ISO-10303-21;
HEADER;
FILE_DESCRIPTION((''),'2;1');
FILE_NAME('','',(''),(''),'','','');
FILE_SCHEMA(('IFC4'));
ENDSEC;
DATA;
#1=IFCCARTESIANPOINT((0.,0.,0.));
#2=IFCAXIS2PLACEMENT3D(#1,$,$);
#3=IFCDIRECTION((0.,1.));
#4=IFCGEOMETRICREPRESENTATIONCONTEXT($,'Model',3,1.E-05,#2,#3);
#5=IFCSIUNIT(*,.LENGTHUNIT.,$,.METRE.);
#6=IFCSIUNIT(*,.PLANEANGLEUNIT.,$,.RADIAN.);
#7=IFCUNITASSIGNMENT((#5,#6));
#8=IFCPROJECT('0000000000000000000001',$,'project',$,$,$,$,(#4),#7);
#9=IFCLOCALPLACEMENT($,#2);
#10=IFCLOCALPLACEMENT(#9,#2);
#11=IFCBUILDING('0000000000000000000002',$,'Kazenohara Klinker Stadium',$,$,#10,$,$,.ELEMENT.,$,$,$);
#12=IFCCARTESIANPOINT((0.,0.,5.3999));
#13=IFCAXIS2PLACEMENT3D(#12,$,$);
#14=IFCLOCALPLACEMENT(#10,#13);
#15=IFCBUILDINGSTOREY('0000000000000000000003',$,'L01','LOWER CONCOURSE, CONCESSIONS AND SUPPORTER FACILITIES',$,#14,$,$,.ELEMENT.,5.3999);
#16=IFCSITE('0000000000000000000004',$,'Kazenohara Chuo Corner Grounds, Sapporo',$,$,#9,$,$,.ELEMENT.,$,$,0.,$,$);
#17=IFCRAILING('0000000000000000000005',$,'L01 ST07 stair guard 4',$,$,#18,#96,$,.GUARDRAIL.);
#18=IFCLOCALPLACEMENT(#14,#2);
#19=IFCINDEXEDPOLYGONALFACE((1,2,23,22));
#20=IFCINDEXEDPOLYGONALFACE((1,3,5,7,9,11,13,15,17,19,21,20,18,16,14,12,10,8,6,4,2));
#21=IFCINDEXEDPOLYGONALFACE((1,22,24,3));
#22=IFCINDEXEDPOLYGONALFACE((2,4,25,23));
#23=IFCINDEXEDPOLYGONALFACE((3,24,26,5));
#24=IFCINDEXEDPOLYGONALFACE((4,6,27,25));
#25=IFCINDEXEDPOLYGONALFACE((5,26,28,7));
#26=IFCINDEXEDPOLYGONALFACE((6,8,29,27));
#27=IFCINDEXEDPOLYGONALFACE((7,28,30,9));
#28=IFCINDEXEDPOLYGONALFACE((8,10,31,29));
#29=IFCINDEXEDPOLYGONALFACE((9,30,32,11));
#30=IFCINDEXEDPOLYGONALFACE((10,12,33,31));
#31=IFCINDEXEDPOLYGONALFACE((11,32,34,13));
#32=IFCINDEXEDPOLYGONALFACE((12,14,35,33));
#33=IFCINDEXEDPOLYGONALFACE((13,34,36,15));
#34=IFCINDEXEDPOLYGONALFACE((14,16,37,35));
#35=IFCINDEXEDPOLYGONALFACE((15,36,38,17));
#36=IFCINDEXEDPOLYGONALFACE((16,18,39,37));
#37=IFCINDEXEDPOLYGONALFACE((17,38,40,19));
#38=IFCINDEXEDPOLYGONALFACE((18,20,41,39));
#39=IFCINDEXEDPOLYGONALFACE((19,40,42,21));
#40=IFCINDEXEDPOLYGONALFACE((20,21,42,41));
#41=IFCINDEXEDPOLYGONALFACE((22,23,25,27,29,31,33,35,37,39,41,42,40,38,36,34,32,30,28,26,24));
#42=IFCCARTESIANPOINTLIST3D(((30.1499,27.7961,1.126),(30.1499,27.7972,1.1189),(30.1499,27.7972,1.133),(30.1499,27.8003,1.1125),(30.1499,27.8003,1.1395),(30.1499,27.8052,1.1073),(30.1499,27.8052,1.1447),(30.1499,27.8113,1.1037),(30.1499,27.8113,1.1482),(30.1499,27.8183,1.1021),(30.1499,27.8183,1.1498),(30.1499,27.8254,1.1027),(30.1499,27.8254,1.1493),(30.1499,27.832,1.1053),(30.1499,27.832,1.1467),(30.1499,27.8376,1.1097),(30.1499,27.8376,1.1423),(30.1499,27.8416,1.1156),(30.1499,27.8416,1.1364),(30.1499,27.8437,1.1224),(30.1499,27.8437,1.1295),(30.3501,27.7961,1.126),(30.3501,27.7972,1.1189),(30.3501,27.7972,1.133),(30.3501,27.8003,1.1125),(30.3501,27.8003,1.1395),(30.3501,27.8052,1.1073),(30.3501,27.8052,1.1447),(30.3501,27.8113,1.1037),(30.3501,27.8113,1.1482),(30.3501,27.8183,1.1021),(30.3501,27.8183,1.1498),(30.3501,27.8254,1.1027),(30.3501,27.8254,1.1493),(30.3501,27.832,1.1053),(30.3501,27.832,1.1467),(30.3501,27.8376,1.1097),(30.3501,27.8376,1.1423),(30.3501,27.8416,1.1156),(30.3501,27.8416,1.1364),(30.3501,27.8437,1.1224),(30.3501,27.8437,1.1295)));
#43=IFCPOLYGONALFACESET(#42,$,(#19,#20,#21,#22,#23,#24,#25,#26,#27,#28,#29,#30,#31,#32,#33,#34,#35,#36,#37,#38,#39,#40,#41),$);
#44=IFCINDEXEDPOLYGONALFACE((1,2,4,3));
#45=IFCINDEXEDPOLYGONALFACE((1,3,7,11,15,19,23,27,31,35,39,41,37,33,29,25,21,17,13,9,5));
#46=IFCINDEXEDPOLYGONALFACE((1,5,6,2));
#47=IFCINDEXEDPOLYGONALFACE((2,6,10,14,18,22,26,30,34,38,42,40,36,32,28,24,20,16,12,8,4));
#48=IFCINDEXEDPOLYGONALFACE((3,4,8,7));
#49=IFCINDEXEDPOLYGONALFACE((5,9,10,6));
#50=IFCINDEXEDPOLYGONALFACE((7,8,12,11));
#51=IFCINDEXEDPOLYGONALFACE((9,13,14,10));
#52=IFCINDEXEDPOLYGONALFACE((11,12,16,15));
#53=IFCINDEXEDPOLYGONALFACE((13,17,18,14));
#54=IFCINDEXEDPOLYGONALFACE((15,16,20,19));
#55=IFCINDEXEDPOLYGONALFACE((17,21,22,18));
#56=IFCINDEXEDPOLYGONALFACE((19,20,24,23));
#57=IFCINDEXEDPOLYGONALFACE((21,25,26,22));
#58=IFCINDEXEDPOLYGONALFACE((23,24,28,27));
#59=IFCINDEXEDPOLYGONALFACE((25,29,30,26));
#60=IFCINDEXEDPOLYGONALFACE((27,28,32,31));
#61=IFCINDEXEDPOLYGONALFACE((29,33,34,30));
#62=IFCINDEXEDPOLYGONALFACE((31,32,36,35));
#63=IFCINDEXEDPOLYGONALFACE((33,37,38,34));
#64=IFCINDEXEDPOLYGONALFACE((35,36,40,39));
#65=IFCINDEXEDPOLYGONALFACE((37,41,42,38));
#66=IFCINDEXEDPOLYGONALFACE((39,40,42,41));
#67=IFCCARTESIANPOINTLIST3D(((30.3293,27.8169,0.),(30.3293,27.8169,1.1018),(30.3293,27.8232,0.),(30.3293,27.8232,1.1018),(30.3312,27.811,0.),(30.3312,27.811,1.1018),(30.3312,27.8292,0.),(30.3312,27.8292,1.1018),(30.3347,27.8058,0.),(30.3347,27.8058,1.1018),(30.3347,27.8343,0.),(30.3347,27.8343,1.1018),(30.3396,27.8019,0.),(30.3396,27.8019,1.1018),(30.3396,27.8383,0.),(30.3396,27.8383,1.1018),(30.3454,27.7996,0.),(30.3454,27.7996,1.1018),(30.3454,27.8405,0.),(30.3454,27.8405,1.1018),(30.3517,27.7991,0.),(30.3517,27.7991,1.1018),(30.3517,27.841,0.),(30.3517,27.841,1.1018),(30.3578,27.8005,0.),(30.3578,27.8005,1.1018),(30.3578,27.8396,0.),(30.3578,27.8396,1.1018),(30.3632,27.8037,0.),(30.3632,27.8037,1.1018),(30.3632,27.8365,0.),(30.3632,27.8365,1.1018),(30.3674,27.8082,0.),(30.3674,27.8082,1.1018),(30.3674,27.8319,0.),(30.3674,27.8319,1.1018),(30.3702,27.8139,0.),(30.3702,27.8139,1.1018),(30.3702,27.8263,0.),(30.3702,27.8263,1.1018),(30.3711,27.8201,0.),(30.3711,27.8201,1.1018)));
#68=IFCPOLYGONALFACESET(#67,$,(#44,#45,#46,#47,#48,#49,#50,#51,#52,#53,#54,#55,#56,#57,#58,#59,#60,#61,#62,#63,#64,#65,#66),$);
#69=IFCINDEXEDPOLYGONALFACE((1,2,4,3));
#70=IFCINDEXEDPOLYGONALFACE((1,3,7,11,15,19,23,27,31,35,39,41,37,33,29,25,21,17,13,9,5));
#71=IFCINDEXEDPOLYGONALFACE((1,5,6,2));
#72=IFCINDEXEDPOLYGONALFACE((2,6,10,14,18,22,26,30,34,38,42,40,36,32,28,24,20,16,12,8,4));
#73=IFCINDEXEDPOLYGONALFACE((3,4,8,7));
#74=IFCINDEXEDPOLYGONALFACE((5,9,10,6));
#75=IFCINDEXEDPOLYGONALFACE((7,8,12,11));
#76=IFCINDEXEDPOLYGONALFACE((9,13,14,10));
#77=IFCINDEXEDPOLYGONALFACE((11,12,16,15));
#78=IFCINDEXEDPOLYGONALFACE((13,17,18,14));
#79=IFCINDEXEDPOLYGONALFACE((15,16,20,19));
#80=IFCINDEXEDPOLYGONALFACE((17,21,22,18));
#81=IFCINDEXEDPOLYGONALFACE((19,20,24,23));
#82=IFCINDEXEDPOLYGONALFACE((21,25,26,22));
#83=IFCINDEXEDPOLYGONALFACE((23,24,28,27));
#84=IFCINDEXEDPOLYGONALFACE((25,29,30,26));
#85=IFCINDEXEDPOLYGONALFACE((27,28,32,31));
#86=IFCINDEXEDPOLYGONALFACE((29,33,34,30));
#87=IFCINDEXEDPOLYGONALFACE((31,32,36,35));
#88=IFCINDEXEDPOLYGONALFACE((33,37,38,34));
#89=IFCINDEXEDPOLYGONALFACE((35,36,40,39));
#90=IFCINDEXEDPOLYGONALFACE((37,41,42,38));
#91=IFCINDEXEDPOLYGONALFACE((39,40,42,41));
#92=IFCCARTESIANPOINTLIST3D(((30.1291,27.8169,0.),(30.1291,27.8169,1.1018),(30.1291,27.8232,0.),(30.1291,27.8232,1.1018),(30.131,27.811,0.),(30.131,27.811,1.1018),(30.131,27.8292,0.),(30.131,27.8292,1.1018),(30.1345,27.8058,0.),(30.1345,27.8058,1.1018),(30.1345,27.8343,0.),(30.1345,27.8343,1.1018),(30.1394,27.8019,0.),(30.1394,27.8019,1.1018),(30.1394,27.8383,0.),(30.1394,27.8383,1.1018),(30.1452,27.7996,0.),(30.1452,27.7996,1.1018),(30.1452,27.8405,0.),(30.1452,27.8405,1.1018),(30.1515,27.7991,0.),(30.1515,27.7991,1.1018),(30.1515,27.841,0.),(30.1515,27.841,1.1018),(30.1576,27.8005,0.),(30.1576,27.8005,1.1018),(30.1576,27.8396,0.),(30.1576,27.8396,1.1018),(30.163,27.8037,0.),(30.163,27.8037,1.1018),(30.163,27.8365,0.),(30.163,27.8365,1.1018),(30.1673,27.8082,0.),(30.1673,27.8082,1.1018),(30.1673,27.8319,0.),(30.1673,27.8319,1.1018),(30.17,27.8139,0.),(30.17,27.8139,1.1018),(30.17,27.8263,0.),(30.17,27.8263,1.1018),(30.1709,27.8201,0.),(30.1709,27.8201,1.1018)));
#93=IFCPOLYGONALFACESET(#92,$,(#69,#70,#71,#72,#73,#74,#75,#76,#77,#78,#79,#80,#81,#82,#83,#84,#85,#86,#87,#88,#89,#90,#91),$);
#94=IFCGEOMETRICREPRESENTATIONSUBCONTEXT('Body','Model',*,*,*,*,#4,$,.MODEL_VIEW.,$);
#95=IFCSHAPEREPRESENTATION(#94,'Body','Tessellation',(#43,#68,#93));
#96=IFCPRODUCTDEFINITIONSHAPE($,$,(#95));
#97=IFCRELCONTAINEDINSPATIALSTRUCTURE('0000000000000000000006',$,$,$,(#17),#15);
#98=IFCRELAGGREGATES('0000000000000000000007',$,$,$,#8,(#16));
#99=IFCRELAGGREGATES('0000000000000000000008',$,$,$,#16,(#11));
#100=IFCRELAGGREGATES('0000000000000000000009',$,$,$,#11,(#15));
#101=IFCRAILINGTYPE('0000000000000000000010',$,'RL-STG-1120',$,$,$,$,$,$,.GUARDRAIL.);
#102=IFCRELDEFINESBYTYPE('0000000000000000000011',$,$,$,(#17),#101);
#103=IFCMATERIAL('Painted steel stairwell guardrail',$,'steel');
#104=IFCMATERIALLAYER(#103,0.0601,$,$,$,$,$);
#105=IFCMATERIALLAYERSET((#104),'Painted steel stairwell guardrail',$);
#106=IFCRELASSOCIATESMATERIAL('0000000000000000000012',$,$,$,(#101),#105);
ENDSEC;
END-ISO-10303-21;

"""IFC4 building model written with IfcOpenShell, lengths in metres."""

from ifc_helpers import new_model, si_unit, direction, frame, origin, origin_2d, place, context, subcontext, project, spatial, circle, extrude, material, layer, layer_set, type_object, element, save


model = new_model("IFC4")

# Units and contexts
model_context = context("Model", 3, precision=1e-05, world=origin(), true_north=direction((0.0, 1.0)))
body_context = subcontext(model_context, "Body", "Model", "MODEL_VIEW")
ifc_project = project(units=[si_unit("LENGTHUNIT", "METRE"), si_unit("PLANEANGLEUNIT", "RADIAN")], contexts=[model_context])

# Site, building, storey
site_placement = place(None, origin())
site = spatial("IfcSite", under=ifc_project, at=site_placement, Name="Kazenohara Chuo Corner Grounds, Sapporo", CompositionType="ELEMENT", RefElevation=0.0)
building_placement = place(site_placement, origin())
building = spatial("IfcBuilding", under=site, at=building_placement, Name="Kazenohara Klinker Stadium", CompositionType="ELEMENT")
storey_placement = place(building_placement, frame((0.0, 0.0, 5.3999)))
storey = spatial("IfcBuildingStorey", under=building, at=storey_placement, Name="L01", Description="LOWER CONCOURSE, CONCESSIONS AND SUPPORTER FACILITIES", CompositionType="ELEMENT", Elevation=5.3999)

# Railing
ifc_material_1 = material(Name="Painted steel stairwell guardrail", Category="steel")
ifc_layer_1 = layer(ifc_material_1, 0.0601)
ifc_layer_set_1 = layer_set([ifc_layer_1], Name="Painted steel stairwell guardrail")
railing_type = type_object("IfcRailingType", Name="RL-STG-1120", PredefinedType="GUARDRAIL", material=ifc_layer_set_1)
railing_1_placement = place(storey_placement, frame((30.3501, 27.8201, 0.0)))
element("IfcRailing", 1, at=railing_1_placement, inside=storey, type_object=railing_type, Name="L01 ST07 stair guard 4", PredefinedType="GUARDRAIL", context=body_context, shape_type="SweptSolid", body=[
    extrude(circle(Radius=0.0239, at=origin_2d()), frame((0.0, 0.0, 1.126), z_axis=(-1.0, 0.0, 0.0), x_axis=(0.0, -1.0, 0.0)), (0.0, 0.0, 1.0), 0.2002),
    extrude(circle(Radius=0.021, at=origin_2d()), origin(), (0.0, 0.0, 1.0), 1.1018),
    extrude(circle(Radius=0.021, at=origin_2d()), frame((-0.2002, 0.0, 0.0)), (0.0, 0.0, 1.0), 1.1018),
])

save(model, "model.ifc")
